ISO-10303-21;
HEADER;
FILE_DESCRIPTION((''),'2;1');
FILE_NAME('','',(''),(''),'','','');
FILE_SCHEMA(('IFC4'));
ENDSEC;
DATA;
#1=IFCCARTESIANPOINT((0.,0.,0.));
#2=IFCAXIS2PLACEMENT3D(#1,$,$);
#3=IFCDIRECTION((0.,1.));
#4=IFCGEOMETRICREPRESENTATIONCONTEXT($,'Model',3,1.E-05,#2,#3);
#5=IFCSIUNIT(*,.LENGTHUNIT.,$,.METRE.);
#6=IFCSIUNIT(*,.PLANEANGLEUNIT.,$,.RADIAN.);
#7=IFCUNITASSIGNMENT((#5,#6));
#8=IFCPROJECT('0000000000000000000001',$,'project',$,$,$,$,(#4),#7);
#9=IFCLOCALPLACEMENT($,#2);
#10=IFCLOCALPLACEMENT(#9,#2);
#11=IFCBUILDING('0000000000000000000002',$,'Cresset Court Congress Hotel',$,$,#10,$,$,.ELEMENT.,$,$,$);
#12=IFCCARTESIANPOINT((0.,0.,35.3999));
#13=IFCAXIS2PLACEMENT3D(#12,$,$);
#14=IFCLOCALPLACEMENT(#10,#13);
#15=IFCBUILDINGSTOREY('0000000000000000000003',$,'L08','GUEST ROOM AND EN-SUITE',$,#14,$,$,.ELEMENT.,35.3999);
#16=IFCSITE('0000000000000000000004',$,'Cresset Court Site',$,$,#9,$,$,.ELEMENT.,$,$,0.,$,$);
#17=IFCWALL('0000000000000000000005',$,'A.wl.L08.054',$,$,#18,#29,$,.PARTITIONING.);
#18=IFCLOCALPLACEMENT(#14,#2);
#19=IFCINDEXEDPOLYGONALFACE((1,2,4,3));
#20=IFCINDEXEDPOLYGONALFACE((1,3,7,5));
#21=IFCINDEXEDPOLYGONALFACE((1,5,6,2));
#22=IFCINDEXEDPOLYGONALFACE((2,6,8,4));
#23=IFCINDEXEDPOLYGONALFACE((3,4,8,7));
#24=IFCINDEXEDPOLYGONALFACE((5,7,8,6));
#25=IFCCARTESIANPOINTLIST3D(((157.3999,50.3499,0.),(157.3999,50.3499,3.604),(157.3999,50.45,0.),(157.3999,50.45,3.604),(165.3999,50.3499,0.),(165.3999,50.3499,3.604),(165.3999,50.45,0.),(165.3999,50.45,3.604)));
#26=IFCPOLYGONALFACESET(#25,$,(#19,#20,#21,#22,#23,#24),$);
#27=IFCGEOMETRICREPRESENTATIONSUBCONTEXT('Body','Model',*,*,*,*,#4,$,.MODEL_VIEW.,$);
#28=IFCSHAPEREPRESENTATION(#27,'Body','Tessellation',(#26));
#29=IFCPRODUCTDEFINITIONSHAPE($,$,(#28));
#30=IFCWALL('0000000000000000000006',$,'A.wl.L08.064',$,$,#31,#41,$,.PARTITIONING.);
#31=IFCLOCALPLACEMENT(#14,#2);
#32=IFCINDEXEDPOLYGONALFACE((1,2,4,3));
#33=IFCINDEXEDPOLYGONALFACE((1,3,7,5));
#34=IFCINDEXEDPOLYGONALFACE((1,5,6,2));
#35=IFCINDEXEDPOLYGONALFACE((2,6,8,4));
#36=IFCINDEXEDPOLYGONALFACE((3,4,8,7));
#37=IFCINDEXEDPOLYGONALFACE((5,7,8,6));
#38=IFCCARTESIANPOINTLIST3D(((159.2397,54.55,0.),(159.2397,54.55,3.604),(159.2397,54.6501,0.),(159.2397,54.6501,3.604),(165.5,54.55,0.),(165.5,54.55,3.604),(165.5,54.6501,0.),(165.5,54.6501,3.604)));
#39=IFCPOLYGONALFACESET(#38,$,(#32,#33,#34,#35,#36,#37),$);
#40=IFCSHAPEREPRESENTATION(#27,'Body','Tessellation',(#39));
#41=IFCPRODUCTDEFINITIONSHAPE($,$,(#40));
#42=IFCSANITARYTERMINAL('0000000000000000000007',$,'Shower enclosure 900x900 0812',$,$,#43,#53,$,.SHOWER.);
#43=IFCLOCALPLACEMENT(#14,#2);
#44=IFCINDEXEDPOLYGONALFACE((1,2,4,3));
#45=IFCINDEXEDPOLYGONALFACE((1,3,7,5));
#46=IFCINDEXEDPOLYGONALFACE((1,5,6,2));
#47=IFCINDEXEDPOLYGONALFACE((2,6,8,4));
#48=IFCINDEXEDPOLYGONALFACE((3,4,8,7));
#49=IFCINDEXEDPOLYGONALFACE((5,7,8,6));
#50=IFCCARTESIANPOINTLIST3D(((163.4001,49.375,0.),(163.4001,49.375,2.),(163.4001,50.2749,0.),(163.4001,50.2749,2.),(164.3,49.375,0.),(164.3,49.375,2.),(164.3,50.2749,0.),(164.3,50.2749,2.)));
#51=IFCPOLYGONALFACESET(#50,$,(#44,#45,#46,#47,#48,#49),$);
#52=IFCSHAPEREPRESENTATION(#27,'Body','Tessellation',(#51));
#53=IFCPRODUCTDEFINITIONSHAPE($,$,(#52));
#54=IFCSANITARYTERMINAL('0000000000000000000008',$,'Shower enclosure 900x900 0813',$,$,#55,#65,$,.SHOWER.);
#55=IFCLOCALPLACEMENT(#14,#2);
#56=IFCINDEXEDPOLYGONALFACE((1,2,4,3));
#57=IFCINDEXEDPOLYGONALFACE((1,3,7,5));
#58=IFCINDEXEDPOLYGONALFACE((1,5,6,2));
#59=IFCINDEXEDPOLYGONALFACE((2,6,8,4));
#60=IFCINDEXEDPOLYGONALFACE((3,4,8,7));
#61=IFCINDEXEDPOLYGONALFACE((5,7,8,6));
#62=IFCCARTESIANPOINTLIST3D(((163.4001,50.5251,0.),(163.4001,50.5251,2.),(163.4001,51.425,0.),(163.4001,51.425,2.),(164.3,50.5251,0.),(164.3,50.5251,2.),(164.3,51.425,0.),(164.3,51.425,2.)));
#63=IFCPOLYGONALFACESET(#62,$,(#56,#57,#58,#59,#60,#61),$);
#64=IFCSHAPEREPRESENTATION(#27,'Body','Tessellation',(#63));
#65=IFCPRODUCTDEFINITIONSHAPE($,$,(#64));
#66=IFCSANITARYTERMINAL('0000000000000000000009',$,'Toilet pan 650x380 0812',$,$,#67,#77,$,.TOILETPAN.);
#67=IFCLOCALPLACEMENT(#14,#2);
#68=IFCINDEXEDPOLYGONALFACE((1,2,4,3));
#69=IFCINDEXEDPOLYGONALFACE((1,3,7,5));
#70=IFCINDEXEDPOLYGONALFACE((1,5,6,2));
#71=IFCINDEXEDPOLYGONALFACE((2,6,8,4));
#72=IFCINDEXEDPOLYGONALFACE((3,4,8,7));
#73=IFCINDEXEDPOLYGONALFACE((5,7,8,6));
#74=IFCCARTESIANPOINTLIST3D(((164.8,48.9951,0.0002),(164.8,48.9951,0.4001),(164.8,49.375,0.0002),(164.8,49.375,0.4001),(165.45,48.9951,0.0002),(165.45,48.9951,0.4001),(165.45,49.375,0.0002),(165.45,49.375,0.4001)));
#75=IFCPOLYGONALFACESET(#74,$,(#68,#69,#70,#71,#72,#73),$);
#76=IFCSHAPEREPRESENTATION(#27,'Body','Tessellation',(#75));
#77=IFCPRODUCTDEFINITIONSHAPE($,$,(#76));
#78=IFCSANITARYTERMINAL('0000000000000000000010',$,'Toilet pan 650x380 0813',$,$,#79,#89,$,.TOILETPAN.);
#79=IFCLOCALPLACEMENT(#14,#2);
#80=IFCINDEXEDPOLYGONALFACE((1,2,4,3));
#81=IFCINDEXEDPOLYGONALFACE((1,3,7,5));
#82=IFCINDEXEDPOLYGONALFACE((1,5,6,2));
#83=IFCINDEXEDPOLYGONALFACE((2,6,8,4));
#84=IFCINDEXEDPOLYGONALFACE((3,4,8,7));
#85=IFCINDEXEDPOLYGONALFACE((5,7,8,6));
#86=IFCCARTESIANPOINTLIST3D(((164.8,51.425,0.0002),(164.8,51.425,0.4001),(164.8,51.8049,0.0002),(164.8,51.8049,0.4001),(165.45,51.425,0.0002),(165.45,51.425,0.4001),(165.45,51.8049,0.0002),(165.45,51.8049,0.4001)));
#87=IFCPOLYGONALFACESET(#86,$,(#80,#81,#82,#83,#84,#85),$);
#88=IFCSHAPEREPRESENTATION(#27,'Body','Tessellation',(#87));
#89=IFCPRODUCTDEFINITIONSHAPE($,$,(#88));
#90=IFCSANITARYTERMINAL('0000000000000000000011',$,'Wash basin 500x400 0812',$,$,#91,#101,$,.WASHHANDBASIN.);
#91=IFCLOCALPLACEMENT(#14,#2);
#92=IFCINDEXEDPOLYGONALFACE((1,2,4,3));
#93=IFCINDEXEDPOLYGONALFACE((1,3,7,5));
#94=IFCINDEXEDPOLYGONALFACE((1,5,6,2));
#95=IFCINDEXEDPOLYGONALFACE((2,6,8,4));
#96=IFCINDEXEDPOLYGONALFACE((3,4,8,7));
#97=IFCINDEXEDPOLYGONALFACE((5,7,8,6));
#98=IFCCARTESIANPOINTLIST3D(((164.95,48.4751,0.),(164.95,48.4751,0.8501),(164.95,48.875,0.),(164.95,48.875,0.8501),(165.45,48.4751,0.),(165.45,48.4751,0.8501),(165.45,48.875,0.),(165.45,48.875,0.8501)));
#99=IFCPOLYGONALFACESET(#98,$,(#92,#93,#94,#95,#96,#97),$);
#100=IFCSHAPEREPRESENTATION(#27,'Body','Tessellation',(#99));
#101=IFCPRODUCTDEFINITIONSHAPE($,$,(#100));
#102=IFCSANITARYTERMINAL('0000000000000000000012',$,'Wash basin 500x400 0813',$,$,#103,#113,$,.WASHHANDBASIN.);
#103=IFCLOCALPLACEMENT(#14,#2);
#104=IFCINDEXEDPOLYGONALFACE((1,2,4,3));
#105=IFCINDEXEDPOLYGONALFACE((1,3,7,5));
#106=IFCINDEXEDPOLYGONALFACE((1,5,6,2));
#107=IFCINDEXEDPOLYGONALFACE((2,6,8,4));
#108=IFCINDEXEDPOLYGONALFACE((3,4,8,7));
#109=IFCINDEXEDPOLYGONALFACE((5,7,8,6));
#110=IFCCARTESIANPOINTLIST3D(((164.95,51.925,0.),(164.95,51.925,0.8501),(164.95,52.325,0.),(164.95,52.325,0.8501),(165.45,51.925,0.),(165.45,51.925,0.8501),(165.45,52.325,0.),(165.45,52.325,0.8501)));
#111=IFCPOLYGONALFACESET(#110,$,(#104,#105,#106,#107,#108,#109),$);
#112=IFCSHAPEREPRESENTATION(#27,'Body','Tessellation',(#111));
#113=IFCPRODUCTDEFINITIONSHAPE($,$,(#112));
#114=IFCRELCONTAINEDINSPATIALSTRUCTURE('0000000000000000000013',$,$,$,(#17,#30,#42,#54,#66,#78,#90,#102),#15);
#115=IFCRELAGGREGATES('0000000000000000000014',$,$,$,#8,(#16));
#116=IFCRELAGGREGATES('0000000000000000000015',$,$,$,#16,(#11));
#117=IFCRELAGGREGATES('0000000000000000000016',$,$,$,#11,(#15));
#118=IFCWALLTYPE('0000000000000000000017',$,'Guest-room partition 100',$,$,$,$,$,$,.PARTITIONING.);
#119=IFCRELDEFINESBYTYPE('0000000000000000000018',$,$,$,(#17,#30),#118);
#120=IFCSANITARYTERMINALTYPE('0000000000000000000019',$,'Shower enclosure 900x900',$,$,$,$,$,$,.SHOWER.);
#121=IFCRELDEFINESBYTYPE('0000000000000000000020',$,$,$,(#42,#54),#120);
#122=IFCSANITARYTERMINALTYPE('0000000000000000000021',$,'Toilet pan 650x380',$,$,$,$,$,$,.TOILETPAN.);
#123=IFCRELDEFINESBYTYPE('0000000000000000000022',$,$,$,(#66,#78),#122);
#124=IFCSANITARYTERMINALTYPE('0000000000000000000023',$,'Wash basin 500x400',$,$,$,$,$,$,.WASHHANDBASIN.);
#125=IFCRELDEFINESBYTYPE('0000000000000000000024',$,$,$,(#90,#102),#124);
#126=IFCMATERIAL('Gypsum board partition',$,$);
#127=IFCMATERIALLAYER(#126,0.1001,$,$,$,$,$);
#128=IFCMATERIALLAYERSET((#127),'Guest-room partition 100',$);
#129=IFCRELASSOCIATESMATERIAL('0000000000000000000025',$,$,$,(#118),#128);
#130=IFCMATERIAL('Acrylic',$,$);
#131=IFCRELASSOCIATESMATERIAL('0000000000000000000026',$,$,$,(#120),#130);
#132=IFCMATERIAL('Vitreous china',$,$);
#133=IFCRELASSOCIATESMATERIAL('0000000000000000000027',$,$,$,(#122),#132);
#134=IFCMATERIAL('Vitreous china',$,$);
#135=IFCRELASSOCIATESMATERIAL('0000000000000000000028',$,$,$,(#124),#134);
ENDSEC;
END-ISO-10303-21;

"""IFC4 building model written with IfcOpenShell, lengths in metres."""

from ifc_helpers import new_model, si_unit, direction, frame, frame_2d, origin, origin_2d, place, context, subcontext, project, spatial, rectangle, extrude, material, layer, layer_set, type_object, element, save


model = new_model("IFC4")

# Units and contexts
model_context = context("Model", 3, precision=1e-05, world=origin(), true_north=direction((0.0, 1.0)))
body_context = subcontext(model_context, "Body", "Model", "MODEL_VIEW")
ifc_project = project(units=[si_unit("LENGTHUNIT", "METRE"), si_unit("PLANEANGLEUNIT", "RADIAN")], contexts=[model_context])

# Site, building, storey
site_placement = place(None, origin())
site = spatial("IfcSite", under=ifc_project, at=site_placement, Name="Cresset Court Site", CompositionType="ELEMENT", RefElevation=0.0)
building_placement = place(site_placement, origin())
building = spatial("IfcBuilding", under=site, at=building_placement, Name="Cresset Court Congress Hotel", CompositionType="ELEMENT")
storey_placement = place(building_placement, frame((0.0, 0.0, 35.3999)))
storey = spatial("IfcBuildingStorey", under=building, at=storey_placement, Name="L08", Description="GUEST ROOM AND EN-SUITE", CompositionType="ELEMENT", Elevation=35.3999)

# Walls
ifc_material_1 = material(Name="Gypsum board partition")
ifc_layer_1 = layer(ifc_material_1, 0.1001)
ifc_layer_set_1 = layer_set([ifc_layer_1], Name="Guest-room partition 100")
wall_type_1 = type_object("IfcWallType", Name="Guest-room partition 100", PredefinedType="PARTITIONING", material=ifc_layer_set_1)
wall_1_placement = place(storey_placement, frame((157.3999, 50.3999, 0.0), z_axis=(0.0, 0.0, 1.0), x_axis=(1.0, 0.0, 0.0)))
element("IfcWall", 1, at=wall_1_placement, inside=storey, type_object=wall_type_1, Name="A.wl.L08.054", PredefinedType="PARTITIONING", context=body_context, shape_type="SweptSolid", body=[
    extrude(rectangle(XDim=8.0, YDim=0.1001, at=frame_2d((4.0, 0.0))), origin(), (0.0, 0.0, 1.0), 3.604),
])
wall_2_placement = place(storey_placement, frame((159.2397, 54.6001, 0.0), z_axis=(0.0, 0.0, 1.0), x_axis=(1.0, 0.0, 0.0)))
element("IfcWall", 2, at=wall_2_placement, inside=storey, type_object=wall_type_1, Name="A.wl.L08.064", PredefinedType="PARTITIONING", context=body_context, shape_type="SweptSolid", body=[
    extrude(rectangle(XDim=6.2603, YDim=0.1001, at=frame_2d((3.1301, 0.0))), origin(), (0.0, 0.0, 1.0), 3.604),
])

# Sanitary terminals
ifc_material_2 = material(Name="Acrylic")
sanitary_terminal_type_1 = type_object("IfcSanitaryTerminalType", Name="Shower enclosure 900x900", PredefinedType="SHOWER", material=ifc_material_2)
for number, where, z_axis, x_axis, name in (
    (3, (163.8501, 49.825, 0.0), (0.0, 0.0, 1.0), (1.0, 0.0, 0.0), "Shower enclosure 900x900 0812"),
    (4, (163.8501, 50.9751, 0.0), (0.0, 0.0, 1.0), (1.0, 0.0, 0.0), "Shower enclosure 900x900 0813"),
):
    element("IfcSanitaryTerminal", number, at=place(storey_placement, frame(where, z_axis=z_axis, x_axis=x_axis)), inside=storey, type_object=sanitary_terminal_type_1, Name=name, PredefinedType="SHOWER", context=body_context, shape_type="SweptSolid", body=[
        extrude(rectangle(XDim=0.8999, YDim=0.8999, at=origin_2d()), origin(), (0.0, 0.0, 1.0), 2.0),
    ])
ifc_material_3 = material(Name="Vitreous china")
sanitary_terminal_type_2 = type_object("IfcSanitaryTerminalType", Name="Toilet pan 650x380", PredefinedType="TOILETPAN", material=ifc_material_3)
for number, where, z_axis, x_axis, name in (
    (5, (165.125, 49.1851, 0.0002), (0.0, 0.0, 1.0), (1.0, 0.0, 0.0), "Toilet pan 650x380 0812"),
    (6, (165.125, 51.615, 0.0002), (0.0, 0.0, 1.0), (1.0, 0.0, 0.0), "Toilet pan 650x380 0813"),
):
    element("IfcSanitaryTerminal", number, at=place(storey_placement, frame(where, z_axis=z_axis, x_axis=x_axis)), inside=storey, type_object=sanitary_terminal_type_2, Name=name, PredefinedType="TOILETPAN", context=body_context, shape_type="SweptSolid", body=[
        extrude(rectangle(XDim=0.6499, YDim=0.3799, at=origin_2d()), origin(), (0.0, 0.0, 1.0), 0.3999),
    ])
ifc_material_4 = material(Name="Vitreous china")
sanitary_terminal_type_3 = type_object("IfcSanitaryTerminalType", Name="Wash basin 500x400", PredefinedType="WASHHANDBASIN", material=ifc_material_4)
for number, where, z_axis, x_axis, name in (
    (7, (165.2, 48.675, 0.0), (0.0, 0.0, 1.0), (1.0, 0.0, 0.0), "Wash basin 500x400 0812"),
    (8, (165.2, 52.125, 0.0), (0.0, 0.0, 1.0), (1.0, 0.0, 0.0), "Wash basin 500x400 0813"),
):
    element("IfcSanitaryTerminal", number, at=place(storey_placement, frame(where, z_axis=z_axis, x_axis=x_axis)), inside=storey, type_object=sanitary_terminal_type_3, Name=name, PredefinedType="WASHHANDBASIN", context=body_context, shape_type="SweptSolid", body=[
        extrude(rectangle(XDim=0.5, YDim=0.3999, at=origin_2d()), origin(), (0.0, 0.0, 1.0), 0.8501),
    ])

save(model, "model.ifc")
